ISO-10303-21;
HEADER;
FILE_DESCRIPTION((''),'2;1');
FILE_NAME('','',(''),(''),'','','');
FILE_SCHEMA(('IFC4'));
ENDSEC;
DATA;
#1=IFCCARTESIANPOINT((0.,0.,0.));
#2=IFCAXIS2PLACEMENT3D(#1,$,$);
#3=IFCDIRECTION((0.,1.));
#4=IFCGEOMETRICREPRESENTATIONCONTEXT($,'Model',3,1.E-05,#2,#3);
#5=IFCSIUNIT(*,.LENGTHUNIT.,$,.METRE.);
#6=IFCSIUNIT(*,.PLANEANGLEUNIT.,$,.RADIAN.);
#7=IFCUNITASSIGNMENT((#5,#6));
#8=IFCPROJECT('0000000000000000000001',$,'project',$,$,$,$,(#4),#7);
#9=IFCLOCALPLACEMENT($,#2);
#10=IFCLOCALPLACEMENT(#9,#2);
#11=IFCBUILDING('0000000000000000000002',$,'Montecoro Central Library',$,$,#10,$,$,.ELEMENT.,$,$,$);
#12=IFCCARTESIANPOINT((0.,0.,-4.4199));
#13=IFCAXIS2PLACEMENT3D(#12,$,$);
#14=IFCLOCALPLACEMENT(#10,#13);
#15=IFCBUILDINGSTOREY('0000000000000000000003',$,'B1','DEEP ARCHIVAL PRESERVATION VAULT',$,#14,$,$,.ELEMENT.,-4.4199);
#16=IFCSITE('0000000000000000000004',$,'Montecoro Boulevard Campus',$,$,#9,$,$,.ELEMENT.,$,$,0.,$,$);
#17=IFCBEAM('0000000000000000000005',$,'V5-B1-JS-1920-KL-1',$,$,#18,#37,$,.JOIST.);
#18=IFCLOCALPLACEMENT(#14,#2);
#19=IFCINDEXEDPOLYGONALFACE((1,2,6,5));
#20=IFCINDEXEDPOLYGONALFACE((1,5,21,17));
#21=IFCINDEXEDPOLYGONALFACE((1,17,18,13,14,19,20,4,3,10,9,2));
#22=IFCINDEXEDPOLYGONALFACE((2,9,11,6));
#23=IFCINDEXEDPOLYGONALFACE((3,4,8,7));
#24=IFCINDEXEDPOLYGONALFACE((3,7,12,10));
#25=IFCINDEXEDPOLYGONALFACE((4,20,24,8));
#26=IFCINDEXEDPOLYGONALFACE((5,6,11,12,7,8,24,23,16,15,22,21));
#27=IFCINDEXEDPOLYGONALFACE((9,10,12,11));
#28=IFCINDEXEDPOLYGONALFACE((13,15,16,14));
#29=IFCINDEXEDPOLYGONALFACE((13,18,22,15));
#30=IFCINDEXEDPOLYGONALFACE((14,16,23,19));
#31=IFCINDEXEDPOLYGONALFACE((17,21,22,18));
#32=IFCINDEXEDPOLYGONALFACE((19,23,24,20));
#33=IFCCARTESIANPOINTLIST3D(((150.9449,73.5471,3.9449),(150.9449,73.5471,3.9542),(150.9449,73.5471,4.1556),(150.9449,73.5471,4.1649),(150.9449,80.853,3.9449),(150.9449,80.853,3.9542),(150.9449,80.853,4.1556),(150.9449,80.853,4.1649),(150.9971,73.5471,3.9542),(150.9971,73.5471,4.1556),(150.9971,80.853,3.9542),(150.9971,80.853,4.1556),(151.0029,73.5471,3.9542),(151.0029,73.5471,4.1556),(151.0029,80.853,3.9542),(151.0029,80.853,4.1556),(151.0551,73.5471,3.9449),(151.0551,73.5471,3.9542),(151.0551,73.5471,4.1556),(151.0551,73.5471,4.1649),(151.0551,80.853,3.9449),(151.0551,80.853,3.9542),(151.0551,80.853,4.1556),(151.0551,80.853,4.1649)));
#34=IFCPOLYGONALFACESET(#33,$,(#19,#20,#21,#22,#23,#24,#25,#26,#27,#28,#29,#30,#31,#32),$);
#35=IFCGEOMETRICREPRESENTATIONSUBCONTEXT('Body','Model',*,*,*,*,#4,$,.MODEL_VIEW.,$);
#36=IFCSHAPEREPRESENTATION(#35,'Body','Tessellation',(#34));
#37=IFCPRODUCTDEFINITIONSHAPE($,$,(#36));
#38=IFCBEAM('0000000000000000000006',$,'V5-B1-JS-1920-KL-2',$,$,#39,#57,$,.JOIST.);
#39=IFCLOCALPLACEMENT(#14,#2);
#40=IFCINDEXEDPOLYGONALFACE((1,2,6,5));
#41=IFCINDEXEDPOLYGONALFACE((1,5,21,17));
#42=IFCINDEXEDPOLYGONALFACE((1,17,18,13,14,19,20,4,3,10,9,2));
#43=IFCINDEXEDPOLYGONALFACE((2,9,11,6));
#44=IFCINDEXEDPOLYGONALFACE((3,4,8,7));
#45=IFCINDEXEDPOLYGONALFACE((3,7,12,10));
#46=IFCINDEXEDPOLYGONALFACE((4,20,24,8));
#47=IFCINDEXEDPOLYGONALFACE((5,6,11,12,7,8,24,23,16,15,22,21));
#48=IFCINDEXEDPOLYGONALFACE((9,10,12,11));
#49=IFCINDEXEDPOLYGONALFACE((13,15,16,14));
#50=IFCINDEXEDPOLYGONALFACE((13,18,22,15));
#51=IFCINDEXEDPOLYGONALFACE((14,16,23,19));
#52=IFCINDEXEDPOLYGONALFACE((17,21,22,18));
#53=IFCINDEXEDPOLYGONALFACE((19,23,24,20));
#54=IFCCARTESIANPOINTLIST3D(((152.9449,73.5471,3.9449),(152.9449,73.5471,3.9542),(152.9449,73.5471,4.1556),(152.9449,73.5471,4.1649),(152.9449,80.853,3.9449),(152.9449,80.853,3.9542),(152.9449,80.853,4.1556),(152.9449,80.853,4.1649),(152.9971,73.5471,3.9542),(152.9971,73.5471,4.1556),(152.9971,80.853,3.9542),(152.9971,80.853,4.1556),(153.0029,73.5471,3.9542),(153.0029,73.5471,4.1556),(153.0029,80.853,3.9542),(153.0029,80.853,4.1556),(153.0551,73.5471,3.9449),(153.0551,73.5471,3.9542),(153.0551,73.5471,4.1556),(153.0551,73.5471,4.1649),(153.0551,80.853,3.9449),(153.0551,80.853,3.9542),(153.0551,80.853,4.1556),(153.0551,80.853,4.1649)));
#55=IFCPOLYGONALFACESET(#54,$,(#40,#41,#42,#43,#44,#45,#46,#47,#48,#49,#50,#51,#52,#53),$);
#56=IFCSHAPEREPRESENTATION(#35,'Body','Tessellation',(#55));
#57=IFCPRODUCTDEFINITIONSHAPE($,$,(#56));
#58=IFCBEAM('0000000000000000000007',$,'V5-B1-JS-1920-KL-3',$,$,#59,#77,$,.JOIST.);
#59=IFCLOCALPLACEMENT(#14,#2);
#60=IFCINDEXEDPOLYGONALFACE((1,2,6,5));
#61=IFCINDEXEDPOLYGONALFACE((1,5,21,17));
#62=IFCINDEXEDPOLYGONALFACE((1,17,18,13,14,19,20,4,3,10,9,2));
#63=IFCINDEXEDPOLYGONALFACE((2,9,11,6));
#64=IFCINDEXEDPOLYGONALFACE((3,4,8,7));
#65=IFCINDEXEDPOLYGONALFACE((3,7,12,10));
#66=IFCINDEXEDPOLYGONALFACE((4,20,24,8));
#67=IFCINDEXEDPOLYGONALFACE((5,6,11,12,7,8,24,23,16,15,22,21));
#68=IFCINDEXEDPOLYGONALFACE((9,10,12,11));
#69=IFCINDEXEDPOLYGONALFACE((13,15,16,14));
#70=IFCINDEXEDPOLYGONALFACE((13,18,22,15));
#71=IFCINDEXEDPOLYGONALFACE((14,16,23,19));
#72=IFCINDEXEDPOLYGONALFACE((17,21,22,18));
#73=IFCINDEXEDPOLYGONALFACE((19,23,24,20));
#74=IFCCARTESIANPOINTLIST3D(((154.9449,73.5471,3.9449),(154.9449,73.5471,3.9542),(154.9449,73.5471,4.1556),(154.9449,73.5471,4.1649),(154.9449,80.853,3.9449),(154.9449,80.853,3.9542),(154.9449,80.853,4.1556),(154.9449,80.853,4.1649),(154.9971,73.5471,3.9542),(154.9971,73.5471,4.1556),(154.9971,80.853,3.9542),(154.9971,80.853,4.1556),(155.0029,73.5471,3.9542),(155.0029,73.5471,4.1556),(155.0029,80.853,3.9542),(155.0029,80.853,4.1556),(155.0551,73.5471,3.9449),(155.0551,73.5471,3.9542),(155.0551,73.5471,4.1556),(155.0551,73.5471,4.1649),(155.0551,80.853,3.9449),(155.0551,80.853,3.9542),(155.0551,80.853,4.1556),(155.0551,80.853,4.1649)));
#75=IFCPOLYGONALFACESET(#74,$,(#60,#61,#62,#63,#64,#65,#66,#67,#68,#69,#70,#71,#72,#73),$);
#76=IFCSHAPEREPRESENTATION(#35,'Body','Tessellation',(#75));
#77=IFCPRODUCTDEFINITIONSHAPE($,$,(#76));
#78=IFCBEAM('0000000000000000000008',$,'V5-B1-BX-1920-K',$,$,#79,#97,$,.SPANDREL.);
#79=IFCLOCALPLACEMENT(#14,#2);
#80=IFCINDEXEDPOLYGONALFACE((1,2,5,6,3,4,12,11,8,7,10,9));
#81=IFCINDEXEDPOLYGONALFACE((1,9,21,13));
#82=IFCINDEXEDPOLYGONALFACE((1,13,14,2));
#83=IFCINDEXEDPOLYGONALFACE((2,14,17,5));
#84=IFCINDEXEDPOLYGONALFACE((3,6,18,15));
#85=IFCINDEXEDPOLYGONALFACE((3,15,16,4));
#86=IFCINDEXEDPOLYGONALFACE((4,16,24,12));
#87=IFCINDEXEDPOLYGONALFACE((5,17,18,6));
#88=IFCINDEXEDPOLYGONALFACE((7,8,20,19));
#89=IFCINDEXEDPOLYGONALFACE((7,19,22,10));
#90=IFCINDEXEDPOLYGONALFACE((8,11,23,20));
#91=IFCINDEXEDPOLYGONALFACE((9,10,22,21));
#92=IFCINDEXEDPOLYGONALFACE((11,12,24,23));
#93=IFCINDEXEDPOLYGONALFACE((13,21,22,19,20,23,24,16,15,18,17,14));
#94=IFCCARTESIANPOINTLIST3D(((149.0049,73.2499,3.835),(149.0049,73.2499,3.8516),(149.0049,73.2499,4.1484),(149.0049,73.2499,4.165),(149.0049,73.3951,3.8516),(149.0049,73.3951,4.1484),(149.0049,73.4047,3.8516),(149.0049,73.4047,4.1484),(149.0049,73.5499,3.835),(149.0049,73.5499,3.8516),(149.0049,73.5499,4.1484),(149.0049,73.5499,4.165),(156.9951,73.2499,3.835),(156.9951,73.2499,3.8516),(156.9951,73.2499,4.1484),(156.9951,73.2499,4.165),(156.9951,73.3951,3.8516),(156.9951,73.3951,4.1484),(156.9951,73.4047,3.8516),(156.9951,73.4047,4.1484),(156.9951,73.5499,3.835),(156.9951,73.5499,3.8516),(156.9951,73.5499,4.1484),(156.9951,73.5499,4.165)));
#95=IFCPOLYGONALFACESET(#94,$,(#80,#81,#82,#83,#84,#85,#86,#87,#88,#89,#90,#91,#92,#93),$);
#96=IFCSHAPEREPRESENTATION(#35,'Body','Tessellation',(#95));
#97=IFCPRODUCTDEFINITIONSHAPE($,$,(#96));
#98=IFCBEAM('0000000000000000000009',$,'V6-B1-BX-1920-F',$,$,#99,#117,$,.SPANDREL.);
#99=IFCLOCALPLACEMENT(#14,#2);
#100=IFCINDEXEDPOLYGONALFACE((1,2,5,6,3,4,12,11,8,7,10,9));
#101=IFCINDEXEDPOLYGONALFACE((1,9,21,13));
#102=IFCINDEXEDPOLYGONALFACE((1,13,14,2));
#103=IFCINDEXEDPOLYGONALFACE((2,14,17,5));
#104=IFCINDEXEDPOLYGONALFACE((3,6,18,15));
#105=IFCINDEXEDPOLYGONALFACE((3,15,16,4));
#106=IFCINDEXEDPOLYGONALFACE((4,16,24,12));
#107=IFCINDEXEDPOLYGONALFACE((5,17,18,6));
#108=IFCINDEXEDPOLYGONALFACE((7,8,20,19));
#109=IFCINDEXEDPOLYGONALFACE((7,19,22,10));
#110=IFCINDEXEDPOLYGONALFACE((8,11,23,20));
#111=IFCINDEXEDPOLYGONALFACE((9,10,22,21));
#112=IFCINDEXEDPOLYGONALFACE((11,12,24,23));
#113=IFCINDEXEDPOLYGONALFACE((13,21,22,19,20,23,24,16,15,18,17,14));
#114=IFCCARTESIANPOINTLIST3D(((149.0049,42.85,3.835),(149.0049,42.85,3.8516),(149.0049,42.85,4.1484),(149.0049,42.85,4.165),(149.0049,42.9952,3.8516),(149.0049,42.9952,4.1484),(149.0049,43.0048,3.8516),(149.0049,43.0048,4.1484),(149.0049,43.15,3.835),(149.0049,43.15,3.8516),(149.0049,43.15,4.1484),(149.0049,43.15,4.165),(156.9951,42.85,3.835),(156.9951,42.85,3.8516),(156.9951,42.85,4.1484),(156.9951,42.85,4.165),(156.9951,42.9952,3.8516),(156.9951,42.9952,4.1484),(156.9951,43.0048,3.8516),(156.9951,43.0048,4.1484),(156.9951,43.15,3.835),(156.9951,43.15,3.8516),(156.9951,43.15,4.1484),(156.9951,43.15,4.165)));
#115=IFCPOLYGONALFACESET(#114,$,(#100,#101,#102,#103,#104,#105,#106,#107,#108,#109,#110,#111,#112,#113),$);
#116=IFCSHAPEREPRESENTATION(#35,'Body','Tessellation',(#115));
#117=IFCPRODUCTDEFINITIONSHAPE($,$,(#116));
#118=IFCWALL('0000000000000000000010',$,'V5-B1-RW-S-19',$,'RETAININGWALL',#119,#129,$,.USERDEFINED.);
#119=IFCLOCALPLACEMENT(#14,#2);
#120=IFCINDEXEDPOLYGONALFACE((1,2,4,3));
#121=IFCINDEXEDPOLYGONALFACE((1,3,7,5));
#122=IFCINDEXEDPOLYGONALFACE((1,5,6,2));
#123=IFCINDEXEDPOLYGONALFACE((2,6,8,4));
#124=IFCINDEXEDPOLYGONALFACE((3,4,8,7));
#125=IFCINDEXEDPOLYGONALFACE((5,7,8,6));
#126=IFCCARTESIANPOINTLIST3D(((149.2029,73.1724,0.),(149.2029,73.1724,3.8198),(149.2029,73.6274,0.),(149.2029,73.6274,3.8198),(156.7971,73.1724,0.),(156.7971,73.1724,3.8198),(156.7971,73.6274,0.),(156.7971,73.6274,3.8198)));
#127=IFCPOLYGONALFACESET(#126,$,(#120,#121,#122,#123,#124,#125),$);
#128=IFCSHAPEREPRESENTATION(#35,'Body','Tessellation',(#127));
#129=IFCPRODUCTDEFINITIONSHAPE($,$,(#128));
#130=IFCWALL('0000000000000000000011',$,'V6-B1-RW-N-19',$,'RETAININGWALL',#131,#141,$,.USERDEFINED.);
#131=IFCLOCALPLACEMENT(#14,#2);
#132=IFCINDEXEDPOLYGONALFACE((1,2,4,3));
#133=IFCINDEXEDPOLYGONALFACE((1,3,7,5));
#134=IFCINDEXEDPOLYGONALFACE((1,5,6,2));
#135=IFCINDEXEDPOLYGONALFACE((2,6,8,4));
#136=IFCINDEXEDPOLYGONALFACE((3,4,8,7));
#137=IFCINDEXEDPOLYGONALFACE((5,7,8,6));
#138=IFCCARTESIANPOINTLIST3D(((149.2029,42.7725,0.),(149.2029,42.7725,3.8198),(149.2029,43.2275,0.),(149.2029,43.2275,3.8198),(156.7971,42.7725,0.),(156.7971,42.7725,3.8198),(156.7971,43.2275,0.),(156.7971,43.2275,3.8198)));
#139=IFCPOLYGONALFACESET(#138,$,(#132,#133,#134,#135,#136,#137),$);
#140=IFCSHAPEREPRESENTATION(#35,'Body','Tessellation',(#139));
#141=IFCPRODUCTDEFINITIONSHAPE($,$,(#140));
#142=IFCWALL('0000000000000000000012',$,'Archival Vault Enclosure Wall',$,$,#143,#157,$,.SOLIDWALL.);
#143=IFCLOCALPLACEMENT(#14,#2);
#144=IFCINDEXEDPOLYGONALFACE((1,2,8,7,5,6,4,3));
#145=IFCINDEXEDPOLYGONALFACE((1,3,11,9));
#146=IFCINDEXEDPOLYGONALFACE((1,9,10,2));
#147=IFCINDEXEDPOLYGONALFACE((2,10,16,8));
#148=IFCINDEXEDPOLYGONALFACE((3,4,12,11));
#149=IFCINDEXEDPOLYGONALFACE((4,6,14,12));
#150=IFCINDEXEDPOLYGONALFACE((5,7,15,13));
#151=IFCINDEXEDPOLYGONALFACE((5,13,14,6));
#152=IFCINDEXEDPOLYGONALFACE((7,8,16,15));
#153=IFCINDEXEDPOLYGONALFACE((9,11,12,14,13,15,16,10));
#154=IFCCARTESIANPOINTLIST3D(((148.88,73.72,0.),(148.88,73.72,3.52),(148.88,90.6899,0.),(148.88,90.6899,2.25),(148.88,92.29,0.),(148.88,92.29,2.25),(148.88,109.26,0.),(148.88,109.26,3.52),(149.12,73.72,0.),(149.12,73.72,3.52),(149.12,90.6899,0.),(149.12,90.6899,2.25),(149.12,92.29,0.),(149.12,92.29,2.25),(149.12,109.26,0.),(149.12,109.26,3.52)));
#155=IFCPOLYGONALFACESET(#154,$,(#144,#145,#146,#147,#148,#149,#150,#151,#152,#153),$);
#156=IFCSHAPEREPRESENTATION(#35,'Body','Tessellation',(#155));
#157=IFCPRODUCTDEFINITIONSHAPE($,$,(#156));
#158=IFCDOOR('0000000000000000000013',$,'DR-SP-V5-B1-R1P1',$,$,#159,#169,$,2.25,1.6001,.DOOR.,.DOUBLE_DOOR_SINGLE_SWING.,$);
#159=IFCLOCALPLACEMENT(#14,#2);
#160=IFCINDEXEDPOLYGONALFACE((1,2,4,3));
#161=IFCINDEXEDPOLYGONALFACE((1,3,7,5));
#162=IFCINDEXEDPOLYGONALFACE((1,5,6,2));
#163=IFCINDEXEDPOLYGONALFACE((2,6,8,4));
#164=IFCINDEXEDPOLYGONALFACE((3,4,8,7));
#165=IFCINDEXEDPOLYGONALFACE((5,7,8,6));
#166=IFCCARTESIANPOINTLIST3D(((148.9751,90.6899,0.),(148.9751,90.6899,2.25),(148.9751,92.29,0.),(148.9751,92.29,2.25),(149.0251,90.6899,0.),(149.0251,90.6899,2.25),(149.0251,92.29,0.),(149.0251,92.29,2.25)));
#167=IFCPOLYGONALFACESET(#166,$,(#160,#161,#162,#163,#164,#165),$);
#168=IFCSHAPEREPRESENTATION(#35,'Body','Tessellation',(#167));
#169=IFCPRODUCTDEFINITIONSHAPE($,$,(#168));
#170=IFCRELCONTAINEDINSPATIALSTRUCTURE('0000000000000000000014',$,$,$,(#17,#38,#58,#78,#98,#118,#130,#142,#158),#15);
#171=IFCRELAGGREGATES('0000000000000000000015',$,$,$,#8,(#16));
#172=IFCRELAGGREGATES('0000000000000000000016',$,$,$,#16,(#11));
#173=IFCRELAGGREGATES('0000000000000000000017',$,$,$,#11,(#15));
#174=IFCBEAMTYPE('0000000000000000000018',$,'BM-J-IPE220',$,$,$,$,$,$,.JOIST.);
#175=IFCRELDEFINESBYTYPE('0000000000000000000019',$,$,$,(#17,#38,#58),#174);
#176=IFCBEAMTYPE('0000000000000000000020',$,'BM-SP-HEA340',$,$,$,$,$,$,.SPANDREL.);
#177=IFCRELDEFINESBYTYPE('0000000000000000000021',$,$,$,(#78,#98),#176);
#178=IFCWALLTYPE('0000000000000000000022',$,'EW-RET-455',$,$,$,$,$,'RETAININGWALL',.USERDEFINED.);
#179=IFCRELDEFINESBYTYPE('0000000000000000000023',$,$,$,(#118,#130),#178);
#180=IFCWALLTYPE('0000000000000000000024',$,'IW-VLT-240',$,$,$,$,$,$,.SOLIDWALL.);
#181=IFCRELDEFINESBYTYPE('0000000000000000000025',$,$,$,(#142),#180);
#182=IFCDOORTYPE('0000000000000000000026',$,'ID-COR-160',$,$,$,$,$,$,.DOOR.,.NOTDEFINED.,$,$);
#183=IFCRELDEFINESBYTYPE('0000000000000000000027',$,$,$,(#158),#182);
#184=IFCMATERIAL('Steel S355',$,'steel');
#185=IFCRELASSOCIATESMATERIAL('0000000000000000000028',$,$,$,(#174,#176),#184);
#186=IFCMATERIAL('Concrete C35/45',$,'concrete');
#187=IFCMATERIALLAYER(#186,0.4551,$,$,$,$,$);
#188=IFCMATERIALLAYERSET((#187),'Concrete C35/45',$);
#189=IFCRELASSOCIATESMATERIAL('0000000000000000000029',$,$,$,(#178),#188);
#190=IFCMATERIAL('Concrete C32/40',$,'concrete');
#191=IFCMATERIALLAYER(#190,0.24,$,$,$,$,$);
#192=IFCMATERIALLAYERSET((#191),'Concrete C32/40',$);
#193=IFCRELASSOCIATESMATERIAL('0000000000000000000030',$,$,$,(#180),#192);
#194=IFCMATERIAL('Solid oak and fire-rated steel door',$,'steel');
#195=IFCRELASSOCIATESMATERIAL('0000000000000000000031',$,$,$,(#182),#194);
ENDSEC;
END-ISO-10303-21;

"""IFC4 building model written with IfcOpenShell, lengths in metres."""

from ifc_helpers import new_model, si_unit, direction, frame, frame_2d, origin, origin_2d, place, context, subcontext, project, spatial, rectangle, i_section, extrude, material, layer, layer_set, material_profile, profile_set, type_object, element, fill, save


model = new_model("IFC4")

# Units and contexts
model_context = context("Model", 3, precision=1e-05, world=origin(), true_north=direction((0.0, 1.0)))
body_context = subcontext(model_context, "Body", "Model", "MODEL_VIEW")
ifc_project = project(units=[si_unit("LENGTHUNIT", "METRE"), si_unit("PLANEANGLEUNIT", "RADIAN")], contexts=[model_context])

# Site, building, storey
site_placement = place(None, origin())
site = spatial("IfcSite", under=ifc_project, at=site_placement, Name="Montecoro Boulevard Campus", CompositionType="ELEMENT", RefElevation=0.0)
building_placement = place(site_placement, origin())
building = spatial("IfcBuilding", under=site, at=building_placement, Name="Montecoro Central Library", CompositionType="ELEMENT")
storey_placement = place(building_placement, frame((0.0, 0.0, -4.4199)))
storey = spatial("IfcBuildingStorey", under=building, at=storey_placement, Name="B1", Description="DEEP ARCHIVAL PRESERVATION VAULT", CompositionType="ELEMENT", Elevation=-4.4199)

# Shared definitions
ifc_material_1 = material(Name="Concrete C35/45", Category="concrete")

# Beams
ifc_material_2 = material(Name="Steel S355", Category="steel")
ifc_material_profile_1 = material_profile(ifc_material_2, i_section(OverallWidth=0.1101, OverallDepth=0.22, WebThickness=0.0059, FlangeThickness=0.0093, at=origin_2d()), Name="IPE 220")
ifc_profile_set_1 = profile_set([ifc_material_profile_1], Name="Steel S355")
beam_type_1 = type_object("IfcBeamType", Name="BM-J-IPE220", PredefinedType="JOIST", material=ifc_profile_set_1)
for number, where, z_axis, x_axis, name in (
    (1, (151.0, 73.5471, 4.0549), (0.0, 1.0, 0.0), (-1.0, 0.0, 0.0), "V5-B1-JS-1920-KL-1"),
    (2, (153.0, 73.5471, 4.0549), (0.0, 1.0, 0.0), (-1.0, 0.0, 0.0), "V5-B1-JS-1920-KL-2"),
    (3, (155.0, 73.5471, 4.0549), (0.0, 1.0, 0.0), (-1.0, 0.0, 0.0), "V5-B1-JS-1920-KL-3"),
):
    element("IfcBeam", number, at=place(storey_placement, frame(where, z_axis=z_axis, x_axis=x_axis)), inside=storey, type_object=beam_type_1, Name=name, PredefinedType="JOIST", context=body_context, shape_type="SweptSolid", body=[
        extrude(i_section(OverallWidth=0.1101, OverallDepth=0.22, WebThickness=0.0059, FlangeThickness=0.0093, at=origin_2d()), origin(), (0.0, 0.0, 1.0), 7.3059),
    ])
ifc_material_profile_2 = material_profile(ifc_material_2, i_section(OverallWidth=0.3, OverallDepth=0.3301, WebThickness=0.0095, FlangeThickness=0.0166, at=origin_2d()), Name="HEA 340")
ifc_profile_set_2 = profile_set([ifc_material_profile_2], Name="Steel S355")
beam_type_2 = type_object("IfcBeamType", Name="BM-SP-HEA340", PredefinedType="SPANDREL", material=ifc_profile_set_2)
for number, where, z_axis, x_axis, name in (
    (4, (149.0049, 73.3999, 4.0), (1.0, 0.0, 0.0), (0.0, 1.0, 0.0), "V5-B1-BX-1920-K"),
    (5, (149.0049, 43.0, 4.0), (1.0, 0.0, 0.0), (0.0, 1.0, 0.0), "V6-B1-BX-1920-F"),
):
    element("IfcBeam", number, at=place(storey_placement, frame(where, z_axis=z_axis, x_axis=x_axis)), inside=storey, type_object=beam_type_2, Name=name, PredefinedType="SPANDREL", context=body_context, shape_type="SweptSolid", body=[
        extrude(i_section(OverallWidth=0.3, OverallDepth=0.3301, WebThickness=0.0095, FlangeThickness=0.0166, at=origin_2d()), origin(), (0.0, 0.0, 1.0), 7.9902),
    ])

# Walls
ifc_layer_1 = layer(ifc_material_1, 0.4551)
ifc_layer_set_1 = layer_set([ifc_layer_1], Name="Concrete C35/45")
wall_type_1 = type_object("IfcWallType", Name="EW-RET-455", ElementType="RETAININGWALL", PredefinedType="USERDEFINED", material=ifc_layer_set_1)
for number, where, z_axis, x_axis, name in (
    (6, (149.2029, 73.3999, 0.0), (0.0, 0.0, 1.0), (1.0, 0.0, 0.0), "V5-B1-RW-S-19"),
    (7, (149.2029, 43.0, 0.0), (0.0, 0.0, 1.0), (1.0, 0.0, 0.0), "V6-B1-RW-N-19"),
):
    element("IfcWall", number, at=place(storey_placement, frame(where, z_axis=z_axis, x_axis=x_axis)), inside=storey, type_object=wall_type_1, Name=name, ObjectType="RETAININGWALL", PredefinedType="USERDEFINED", context=body_context, shape_type="SweptSolid", body=[
        extrude(rectangle(XDim=7.5942, YDim=0.4551, at=frame_2d((3.7971, 0.0))), origin(), (0.0, 0.0, 1.0), 3.8198),
    ])

# Wall, opening, door
ifc_material_3 = material(Name="Concrete C32/40", Category="concrete")
ifc_layer_2 = layer(ifc_material_3, 0.24)
ifc_layer_set_2 = layer_set([ifc_layer_2], Name="Concrete C32/40")
wall_type_2 = type_object("IfcWallType", Name="IW-VLT-240", PredefinedType="SOLIDWALL", material=ifc_layer_set_2)
wall_placement = place(storey_placement, frame((149.0, 73.72, 0.0), z_axis=(0.0, 0.0, 1.0), x_axis=(0.0, 1.0, 0.0)))
wall = element("IfcWall", 8, at=wall_placement, inside=storey, type_object=wall_type_2, Name="Archival Vault Enclosure Wall", PredefinedType="SOLIDWALL", context=body_context, shape_type="SweptSolid", body=[
    extrude(rectangle(XDim=35.54, YDim=0.24, at=frame_2d((17.77, 0.0))), origin(), (0.0, 0.0, 1.0), 3.52),
])
opening_placement = place(wall_placement, frame((16.97, 0.0, 0.0)))
opening = element("IfcOpeningElement", 9, at=opening_placement, cuts=wall, PredefinedType="OPENING", context=body_context, shape_type="SweptSolid", body=[
    extrude(rectangle(XDim=1.6001, YDim=2.25, at=frame_2d((0.8, 1.125))), frame((0.0, 0.1299, 0.0), z_axis=(0.0, -1.0, 0.0), x_axis=(1.0, 0.0, 0.0)), (0.0, 0.0, 1.0), 0.26),
])
ifc_material_4 = material(Name="Solid oak and fire-rated steel door", Category="steel")
door_type = type_object("IfcDoorType", Name="ID-COR-160", OperationType="NOTDEFINED", PredefinedType="DOOR", material=ifc_material_4)
door_placement = place(opening_placement, origin())
door = element("IfcDoor", 10, at=door_placement, inside=storey, type_object=door_type, Name="DR-SP-V5-B1-R1P1", OperationType="DOUBLE_DOOR_SINGLE_SWING", OverallHeight=2.25, OverallWidth=1.6001, PredefinedType="DOOR", context=body_context, shape_type="SweptSolid", body=[
    extrude(rectangle(XDim=1.6001, YDim=2.25, at=frame_2d((0.8, 1.125))), frame((0.0, 0.0249, 0.0), z_axis=(0.0, -1.0, 0.0), x_axis=(1.0, 0.0, 0.0)), (0.0, 0.0, 1.0), 0.05),
])
fill(opening, door)

save(model, "model.ifc")
